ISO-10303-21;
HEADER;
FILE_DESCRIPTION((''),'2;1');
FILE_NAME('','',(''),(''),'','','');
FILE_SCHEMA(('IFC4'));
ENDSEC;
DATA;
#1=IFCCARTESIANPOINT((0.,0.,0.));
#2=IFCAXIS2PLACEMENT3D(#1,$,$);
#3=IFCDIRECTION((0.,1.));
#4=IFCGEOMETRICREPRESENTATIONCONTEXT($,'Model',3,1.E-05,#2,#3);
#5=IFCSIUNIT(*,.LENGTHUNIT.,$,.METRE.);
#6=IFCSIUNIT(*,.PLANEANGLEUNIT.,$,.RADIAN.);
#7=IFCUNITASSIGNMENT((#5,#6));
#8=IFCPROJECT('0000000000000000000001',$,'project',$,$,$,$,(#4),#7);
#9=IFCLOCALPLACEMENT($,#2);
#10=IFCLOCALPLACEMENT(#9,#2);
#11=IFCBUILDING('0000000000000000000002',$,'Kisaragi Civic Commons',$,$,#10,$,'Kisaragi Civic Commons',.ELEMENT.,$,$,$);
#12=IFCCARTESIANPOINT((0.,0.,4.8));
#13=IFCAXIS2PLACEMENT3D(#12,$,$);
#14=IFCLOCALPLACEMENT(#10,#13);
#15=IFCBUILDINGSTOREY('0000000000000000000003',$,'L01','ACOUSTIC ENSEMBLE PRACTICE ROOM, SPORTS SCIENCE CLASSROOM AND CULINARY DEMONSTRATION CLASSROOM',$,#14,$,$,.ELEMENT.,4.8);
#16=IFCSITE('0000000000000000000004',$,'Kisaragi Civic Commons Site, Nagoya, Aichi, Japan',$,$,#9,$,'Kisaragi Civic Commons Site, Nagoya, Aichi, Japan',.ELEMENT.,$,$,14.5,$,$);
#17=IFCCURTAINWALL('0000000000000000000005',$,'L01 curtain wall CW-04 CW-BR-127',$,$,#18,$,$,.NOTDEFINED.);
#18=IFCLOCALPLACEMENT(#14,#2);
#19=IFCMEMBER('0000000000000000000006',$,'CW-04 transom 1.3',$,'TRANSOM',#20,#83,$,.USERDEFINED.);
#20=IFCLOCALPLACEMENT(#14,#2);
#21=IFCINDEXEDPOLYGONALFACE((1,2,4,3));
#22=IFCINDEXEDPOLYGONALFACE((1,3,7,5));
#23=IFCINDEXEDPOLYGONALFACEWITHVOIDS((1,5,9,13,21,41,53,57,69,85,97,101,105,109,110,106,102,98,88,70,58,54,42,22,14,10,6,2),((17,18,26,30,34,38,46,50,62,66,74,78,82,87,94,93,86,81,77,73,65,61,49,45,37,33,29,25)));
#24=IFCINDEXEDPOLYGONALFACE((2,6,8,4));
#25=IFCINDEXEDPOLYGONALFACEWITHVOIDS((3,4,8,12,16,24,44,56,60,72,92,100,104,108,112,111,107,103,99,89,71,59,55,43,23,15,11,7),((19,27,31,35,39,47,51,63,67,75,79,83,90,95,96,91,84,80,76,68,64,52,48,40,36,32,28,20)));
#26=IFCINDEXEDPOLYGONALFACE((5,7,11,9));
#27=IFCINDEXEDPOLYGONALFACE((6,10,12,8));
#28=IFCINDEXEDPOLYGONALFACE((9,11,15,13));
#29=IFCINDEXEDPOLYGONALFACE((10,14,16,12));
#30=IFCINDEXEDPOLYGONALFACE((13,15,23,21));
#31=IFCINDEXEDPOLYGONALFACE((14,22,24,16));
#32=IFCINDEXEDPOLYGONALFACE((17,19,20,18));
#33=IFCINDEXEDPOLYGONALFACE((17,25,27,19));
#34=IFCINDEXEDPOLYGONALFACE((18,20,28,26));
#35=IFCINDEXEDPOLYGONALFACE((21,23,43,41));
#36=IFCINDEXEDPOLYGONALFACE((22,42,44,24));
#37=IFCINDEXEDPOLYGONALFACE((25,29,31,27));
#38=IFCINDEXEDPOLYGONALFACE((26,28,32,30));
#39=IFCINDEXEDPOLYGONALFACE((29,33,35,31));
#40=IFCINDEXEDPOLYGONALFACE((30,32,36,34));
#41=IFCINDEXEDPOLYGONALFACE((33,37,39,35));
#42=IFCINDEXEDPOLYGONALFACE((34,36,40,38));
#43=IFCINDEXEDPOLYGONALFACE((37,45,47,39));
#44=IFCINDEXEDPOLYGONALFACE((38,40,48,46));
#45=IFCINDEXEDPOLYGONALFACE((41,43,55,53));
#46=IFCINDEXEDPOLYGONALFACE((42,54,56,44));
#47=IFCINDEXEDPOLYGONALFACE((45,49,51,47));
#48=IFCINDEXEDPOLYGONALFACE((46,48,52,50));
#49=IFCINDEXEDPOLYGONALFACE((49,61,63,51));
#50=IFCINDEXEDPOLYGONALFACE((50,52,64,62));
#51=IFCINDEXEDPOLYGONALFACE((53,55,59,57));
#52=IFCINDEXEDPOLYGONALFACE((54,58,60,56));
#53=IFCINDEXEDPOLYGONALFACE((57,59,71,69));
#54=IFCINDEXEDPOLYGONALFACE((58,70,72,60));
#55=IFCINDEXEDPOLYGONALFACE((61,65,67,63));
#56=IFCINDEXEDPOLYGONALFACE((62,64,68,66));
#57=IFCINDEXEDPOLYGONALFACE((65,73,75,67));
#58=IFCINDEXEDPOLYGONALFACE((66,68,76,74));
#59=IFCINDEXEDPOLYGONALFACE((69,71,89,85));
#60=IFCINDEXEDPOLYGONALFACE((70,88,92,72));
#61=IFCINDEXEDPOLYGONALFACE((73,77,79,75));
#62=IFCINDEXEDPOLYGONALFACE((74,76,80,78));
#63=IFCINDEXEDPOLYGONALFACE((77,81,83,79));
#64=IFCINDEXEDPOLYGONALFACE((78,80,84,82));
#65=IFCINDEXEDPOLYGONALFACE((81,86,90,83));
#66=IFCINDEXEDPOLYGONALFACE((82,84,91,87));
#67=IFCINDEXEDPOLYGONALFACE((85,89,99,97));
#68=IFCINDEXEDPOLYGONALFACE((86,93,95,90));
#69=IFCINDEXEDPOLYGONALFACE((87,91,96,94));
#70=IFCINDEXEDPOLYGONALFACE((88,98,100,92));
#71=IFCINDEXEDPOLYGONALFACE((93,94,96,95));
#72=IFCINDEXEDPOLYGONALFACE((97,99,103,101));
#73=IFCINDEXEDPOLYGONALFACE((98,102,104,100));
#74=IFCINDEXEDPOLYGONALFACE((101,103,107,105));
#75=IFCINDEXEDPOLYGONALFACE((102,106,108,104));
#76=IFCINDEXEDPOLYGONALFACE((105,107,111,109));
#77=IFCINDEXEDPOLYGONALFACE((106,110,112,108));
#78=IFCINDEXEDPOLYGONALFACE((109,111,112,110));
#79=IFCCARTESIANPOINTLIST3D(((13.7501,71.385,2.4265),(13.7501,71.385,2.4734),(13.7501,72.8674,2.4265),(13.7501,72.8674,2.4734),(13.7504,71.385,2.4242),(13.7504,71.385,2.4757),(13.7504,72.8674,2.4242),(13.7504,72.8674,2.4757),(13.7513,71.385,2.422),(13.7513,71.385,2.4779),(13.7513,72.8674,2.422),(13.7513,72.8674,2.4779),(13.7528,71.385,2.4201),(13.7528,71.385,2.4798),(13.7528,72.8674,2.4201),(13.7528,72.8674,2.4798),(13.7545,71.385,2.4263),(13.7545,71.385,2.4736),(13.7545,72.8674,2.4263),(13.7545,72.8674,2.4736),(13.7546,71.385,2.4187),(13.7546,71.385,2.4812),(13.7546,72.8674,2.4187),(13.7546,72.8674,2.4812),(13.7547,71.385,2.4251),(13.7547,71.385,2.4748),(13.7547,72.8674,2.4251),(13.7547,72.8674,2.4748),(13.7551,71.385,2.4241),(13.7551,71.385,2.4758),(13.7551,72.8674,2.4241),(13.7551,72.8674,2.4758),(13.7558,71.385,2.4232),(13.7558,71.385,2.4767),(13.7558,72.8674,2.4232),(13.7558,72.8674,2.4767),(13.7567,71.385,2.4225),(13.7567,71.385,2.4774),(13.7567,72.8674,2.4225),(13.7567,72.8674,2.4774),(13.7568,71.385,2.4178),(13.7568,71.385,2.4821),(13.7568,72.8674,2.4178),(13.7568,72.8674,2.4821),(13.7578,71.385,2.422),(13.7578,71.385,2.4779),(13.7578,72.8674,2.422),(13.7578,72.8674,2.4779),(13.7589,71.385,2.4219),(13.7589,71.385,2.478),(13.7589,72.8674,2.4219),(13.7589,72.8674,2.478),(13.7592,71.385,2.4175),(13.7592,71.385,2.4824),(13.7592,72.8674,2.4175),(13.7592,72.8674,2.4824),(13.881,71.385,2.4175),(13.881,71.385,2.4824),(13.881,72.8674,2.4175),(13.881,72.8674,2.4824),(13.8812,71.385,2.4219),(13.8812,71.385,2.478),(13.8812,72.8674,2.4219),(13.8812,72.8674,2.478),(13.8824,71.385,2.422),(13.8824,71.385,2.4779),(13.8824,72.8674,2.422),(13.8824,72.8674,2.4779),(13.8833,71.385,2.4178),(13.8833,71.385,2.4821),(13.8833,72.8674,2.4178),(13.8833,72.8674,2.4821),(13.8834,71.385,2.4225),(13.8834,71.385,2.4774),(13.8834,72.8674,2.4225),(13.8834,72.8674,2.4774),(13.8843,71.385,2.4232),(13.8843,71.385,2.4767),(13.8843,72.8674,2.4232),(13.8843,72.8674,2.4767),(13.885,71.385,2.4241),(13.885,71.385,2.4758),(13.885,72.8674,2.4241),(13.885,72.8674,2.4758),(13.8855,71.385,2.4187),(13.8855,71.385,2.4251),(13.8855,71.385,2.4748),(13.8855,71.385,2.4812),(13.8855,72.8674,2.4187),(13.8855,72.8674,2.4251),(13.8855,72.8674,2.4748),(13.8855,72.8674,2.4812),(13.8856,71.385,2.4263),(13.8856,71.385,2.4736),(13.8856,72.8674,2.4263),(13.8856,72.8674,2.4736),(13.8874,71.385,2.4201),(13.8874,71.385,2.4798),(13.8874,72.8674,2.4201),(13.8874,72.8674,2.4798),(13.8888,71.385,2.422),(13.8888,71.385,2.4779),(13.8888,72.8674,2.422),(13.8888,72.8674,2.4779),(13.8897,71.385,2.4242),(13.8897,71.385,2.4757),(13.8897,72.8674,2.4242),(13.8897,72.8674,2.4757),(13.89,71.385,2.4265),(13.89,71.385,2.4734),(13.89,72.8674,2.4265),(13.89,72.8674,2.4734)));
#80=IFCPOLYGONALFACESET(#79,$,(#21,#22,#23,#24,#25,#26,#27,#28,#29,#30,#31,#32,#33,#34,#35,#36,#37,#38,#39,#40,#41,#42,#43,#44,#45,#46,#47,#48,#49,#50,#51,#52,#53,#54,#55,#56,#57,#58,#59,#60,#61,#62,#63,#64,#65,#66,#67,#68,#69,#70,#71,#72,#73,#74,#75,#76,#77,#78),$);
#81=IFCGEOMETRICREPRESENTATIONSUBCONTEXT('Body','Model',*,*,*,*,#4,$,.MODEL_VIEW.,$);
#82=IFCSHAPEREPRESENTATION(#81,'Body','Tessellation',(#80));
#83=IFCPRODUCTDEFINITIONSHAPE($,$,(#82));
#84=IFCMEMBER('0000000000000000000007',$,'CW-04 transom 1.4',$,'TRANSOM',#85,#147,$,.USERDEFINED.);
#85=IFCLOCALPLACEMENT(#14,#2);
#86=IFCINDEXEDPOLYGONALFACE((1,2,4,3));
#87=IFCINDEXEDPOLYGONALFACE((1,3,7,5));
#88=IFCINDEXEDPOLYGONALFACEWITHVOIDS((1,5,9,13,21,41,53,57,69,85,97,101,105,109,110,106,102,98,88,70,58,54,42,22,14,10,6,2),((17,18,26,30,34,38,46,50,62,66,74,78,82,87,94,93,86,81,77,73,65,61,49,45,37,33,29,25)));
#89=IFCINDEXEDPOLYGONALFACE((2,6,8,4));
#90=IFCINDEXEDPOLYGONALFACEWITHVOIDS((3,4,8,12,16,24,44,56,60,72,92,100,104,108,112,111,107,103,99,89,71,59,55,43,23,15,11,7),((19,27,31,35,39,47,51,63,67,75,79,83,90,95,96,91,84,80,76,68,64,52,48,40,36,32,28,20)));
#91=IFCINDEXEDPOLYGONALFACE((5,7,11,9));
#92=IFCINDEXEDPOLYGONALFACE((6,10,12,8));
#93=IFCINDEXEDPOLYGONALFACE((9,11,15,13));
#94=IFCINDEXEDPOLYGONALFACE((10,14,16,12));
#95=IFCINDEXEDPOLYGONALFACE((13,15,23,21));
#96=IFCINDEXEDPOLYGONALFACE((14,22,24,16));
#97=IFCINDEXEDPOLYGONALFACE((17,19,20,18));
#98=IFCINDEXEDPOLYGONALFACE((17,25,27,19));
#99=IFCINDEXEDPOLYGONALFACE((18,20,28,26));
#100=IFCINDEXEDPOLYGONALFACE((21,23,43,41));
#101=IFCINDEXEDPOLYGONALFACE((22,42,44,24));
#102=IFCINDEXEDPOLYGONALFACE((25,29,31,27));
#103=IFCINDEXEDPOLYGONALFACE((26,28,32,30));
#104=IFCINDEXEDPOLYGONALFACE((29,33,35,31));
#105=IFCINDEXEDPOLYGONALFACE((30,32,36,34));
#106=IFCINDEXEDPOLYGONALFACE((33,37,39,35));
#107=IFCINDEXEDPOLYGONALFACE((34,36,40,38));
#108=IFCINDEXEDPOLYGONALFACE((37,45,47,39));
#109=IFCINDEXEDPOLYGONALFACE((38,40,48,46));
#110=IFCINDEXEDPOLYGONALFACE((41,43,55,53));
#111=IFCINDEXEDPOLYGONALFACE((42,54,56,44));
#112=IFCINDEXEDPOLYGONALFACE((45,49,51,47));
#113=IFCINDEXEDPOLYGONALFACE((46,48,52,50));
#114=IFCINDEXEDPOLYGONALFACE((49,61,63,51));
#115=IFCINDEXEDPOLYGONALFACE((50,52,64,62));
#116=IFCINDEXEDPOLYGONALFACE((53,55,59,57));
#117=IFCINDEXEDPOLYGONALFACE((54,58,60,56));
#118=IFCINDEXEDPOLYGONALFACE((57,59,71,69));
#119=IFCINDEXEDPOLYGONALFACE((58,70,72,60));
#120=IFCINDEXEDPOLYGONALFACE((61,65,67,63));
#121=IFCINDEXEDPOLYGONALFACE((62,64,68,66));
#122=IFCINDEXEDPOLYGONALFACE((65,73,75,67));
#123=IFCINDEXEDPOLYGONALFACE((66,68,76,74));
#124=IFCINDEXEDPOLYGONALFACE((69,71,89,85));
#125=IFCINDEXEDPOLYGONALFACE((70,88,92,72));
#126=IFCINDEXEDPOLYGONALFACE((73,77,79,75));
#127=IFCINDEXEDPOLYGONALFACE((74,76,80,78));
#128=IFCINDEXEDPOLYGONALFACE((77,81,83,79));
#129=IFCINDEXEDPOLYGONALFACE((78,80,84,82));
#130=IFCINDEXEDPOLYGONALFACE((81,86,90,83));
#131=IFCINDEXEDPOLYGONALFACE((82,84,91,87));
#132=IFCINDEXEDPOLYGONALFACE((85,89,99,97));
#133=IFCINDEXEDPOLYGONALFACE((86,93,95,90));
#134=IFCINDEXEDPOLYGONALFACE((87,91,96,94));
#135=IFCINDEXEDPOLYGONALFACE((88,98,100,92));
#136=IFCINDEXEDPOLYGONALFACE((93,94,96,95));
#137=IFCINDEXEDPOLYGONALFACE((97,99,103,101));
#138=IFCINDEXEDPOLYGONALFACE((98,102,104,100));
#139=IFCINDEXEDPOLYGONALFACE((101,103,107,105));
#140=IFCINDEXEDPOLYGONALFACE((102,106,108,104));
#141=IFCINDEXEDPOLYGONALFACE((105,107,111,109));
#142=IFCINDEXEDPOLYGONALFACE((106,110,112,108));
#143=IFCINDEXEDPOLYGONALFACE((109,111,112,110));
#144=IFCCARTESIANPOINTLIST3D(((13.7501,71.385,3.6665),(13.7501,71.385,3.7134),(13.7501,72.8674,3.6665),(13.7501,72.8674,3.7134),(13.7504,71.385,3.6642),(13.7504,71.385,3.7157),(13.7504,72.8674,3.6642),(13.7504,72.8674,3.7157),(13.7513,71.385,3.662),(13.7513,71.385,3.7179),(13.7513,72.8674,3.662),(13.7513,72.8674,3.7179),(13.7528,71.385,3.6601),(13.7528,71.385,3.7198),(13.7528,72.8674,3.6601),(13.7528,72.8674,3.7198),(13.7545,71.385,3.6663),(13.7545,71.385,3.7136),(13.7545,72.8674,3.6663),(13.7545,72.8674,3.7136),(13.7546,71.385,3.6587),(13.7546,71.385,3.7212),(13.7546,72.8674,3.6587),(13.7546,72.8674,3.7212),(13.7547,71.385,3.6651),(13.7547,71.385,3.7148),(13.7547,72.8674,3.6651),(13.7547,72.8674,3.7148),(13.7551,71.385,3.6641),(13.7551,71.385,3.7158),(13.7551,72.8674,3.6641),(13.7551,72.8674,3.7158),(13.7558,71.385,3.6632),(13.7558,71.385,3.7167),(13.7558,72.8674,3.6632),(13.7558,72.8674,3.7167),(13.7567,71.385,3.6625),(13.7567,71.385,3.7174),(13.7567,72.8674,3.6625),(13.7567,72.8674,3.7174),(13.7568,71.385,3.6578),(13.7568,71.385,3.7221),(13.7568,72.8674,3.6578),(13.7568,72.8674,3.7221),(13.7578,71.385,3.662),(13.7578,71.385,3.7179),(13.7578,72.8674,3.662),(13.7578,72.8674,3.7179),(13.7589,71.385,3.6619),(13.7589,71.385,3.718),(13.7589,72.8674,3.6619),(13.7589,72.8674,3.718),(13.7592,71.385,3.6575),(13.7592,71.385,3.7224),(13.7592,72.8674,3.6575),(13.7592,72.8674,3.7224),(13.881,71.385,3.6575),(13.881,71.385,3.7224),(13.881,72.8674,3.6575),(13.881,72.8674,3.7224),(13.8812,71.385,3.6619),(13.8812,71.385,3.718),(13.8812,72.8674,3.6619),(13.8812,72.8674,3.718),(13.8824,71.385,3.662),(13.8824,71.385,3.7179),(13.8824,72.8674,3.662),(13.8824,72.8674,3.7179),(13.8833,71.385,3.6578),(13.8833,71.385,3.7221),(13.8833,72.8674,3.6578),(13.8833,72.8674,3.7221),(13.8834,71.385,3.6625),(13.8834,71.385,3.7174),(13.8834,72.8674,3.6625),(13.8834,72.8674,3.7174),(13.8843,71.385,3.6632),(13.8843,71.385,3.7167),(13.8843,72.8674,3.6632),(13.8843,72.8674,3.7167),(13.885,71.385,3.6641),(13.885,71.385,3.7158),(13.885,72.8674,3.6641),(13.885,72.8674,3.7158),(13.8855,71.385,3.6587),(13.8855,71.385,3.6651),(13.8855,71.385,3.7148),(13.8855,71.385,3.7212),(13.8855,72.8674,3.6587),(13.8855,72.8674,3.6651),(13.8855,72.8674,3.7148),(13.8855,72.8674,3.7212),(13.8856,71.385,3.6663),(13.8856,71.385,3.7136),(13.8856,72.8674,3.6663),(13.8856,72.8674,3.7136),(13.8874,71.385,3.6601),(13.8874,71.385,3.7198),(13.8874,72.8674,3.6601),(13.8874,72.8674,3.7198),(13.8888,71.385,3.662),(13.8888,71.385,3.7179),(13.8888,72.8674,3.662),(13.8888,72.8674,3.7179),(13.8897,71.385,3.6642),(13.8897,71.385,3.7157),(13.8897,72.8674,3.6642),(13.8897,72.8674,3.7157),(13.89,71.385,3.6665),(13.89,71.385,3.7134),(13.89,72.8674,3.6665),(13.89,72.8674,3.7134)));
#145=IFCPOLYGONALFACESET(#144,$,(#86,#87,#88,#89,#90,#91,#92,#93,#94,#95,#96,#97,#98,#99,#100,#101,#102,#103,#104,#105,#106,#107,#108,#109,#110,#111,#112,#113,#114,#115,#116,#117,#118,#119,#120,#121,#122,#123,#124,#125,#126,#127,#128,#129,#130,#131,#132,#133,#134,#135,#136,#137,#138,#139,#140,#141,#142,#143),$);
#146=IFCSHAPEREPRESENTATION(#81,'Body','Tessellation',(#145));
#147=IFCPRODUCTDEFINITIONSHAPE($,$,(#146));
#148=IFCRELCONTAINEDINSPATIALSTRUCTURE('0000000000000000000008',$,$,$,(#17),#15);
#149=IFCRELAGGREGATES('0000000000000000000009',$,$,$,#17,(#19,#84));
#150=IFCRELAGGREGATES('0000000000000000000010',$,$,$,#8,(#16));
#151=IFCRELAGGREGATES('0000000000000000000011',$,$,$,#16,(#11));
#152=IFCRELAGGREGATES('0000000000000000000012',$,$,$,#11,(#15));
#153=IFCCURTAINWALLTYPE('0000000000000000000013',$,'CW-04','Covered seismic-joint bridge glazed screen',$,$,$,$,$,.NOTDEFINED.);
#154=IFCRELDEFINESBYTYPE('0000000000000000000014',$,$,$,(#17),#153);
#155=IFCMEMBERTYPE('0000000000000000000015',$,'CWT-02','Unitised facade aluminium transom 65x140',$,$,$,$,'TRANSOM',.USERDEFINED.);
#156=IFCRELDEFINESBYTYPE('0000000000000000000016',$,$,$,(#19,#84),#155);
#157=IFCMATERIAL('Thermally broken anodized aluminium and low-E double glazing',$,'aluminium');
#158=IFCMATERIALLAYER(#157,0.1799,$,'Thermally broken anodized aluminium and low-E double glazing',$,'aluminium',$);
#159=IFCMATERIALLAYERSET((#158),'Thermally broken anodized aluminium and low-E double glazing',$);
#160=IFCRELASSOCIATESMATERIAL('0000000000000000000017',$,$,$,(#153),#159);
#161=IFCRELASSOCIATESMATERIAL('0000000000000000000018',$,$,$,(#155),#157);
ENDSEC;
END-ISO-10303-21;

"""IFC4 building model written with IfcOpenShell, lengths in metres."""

from ifc_helpers import new_model, si_unit, direction, frame, origin, origin_2d, place, context, subcontext, project, spatial, hollow_rectangle, extrude, material, layer, layer_set, material_profile, profile_set, type_object, element, aggregate, save


model = new_model("IFC4")

# Units and contexts
model_context = context("Model", 3, precision=1e-05, world=origin(), true_north=direction((0.0, 1.0)))
body_context = subcontext(model_context, "Body", "Model", "MODEL_VIEW")
ifc_project = project(units=[si_unit("LENGTHUNIT", "METRE"), si_unit("PLANEANGLEUNIT", "RADIAN")], contexts=[model_context])

# Site, building, storey
site_placement = place(None, origin())
site = spatial("IfcSite", under=ifc_project, at=site_placement, Name="Kisaragi Civic Commons Site, Nagoya, Aichi, Japan", LongName="Kisaragi Civic Commons Site, Nagoya, Aichi, Japan", CompositionType="ELEMENT", RefElevation=14.5)
building_placement = place(site_placement, origin())
building = spatial("IfcBuilding", under=site, at=building_placement, Name="Kisaragi Civic Commons", LongName="Kisaragi Civic Commons", CompositionType="ELEMENT")
storey_placement = place(building_placement, frame((0.0, 0.0, 4.8)))
storey = spatial("IfcBuildingStorey", under=building, at=storey_placement, Name="L01", Description="ACOUSTIC ENSEMBLE PRACTICE ROOM, SPORTS SCIENCE CLASSROOM AND CULINARY DEMONSTRATION CLASSROOM", CompositionType="ELEMENT", Elevation=4.8)

# Shared definitions
ifc_material_1 = material(Name="Thermally broken anodized aluminium and low-E double glazing", Category="aluminium")
ifc_layer_1 = layer(ifc_material_1, 0.1799, Name="Thermally broken anodized aluminium and low-E double glazing", Category="aluminium")
ifc_layer_set_1 = layer_set([ifc_layer_1], Name="Thermally broken anodized aluminium and low-E double glazing")
curtain_wall_type = type_object("IfcCurtainWallType", Name="CW-04", Description="Covered seismic-joint bridge glazed screen", PredefinedType="NOTDEFINED", material=ifc_layer_set_1)

# Curtain wall
curtain_wall_1_placement = place(storey_placement, origin())
curtain_wall_1 = element("IfcCurtainWall", 1, at=curtain_wall_1_placement, inside=storey, type_object=curtain_wall_type, Name="L01 curtain wall CW-04 CW-BR-127", PredefinedType="NOTDEFINED")

# Members
ifc_material_profile_1 = material_profile(ifc_material_1, hollow_rectangle(XDim=0.1399, YDim=0.0649, WallThickness=0.0044, InnerFilletRadius=0.0044, OuterFilletRadius=0.009, at=origin_2d()), Name="CWT-65x140x4.5", Category="aluminium")
ifc_profile_set_1 = profile_set([ifc_material_profile_1], Name="Thermally broken anodized aluminium and low-E double glazing")
member_type_1 = type_object("IfcMemberType", Name="CWT-02", Description="Unitised facade aluminium transom 65x140", ElementType="TRANSOM", PredefinedType="USERDEFINED", material=ifc_profile_set_1)
member_1_placement = place(storey_placement, frame((13.8201, 71.385, 2.45), z_axis=(0.0, 1.0, 0.0), x_axis=(-1.0, 0.0, 0.0)))
member_1 = element("IfcMember", 2, at=member_1_placement, type_object=member_type_1, Name="CW-04 transom 1.3", ObjectType="TRANSOM", PredefinedType="USERDEFINED", context=body_context, shape_type="SweptSolid", body=[
    extrude(hollow_rectangle(XDim=0.1399, YDim=0.0649, WallThickness=0.0044, InnerFilletRadius=0.0044, OuterFilletRadius=0.009, at=origin_2d()), origin(), (0.0, 0.0, 1.0), 1.4824),
])
member_2_placement = place(storey_placement, frame((13.8201, 71.385, 3.6899), z_axis=(0.0, 1.0, 0.0), x_axis=(-1.0, 0.0, 0.0)))
member_2 = element("IfcMember", 3, at=member_2_placement, type_object=member_type_1, Name="CW-04 transom 1.4", ObjectType="TRANSOM", PredefinedType="USERDEFINED", context=body_context, shape_type="SweptSolid", body=[
    extrude(hollow_rectangle(XDim=0.1399, YDim=0.0649, WallThickness=0.0044, InnerFilletRadius=0.0044, OuterFilletRadius=0.009, at=origin_2d()), origin(), (0.0, 0.0, 1.0), 1.4824),
])

aggregate(curtain_wall_1, [member_1, member_2])

save(model, "model.ifc")
